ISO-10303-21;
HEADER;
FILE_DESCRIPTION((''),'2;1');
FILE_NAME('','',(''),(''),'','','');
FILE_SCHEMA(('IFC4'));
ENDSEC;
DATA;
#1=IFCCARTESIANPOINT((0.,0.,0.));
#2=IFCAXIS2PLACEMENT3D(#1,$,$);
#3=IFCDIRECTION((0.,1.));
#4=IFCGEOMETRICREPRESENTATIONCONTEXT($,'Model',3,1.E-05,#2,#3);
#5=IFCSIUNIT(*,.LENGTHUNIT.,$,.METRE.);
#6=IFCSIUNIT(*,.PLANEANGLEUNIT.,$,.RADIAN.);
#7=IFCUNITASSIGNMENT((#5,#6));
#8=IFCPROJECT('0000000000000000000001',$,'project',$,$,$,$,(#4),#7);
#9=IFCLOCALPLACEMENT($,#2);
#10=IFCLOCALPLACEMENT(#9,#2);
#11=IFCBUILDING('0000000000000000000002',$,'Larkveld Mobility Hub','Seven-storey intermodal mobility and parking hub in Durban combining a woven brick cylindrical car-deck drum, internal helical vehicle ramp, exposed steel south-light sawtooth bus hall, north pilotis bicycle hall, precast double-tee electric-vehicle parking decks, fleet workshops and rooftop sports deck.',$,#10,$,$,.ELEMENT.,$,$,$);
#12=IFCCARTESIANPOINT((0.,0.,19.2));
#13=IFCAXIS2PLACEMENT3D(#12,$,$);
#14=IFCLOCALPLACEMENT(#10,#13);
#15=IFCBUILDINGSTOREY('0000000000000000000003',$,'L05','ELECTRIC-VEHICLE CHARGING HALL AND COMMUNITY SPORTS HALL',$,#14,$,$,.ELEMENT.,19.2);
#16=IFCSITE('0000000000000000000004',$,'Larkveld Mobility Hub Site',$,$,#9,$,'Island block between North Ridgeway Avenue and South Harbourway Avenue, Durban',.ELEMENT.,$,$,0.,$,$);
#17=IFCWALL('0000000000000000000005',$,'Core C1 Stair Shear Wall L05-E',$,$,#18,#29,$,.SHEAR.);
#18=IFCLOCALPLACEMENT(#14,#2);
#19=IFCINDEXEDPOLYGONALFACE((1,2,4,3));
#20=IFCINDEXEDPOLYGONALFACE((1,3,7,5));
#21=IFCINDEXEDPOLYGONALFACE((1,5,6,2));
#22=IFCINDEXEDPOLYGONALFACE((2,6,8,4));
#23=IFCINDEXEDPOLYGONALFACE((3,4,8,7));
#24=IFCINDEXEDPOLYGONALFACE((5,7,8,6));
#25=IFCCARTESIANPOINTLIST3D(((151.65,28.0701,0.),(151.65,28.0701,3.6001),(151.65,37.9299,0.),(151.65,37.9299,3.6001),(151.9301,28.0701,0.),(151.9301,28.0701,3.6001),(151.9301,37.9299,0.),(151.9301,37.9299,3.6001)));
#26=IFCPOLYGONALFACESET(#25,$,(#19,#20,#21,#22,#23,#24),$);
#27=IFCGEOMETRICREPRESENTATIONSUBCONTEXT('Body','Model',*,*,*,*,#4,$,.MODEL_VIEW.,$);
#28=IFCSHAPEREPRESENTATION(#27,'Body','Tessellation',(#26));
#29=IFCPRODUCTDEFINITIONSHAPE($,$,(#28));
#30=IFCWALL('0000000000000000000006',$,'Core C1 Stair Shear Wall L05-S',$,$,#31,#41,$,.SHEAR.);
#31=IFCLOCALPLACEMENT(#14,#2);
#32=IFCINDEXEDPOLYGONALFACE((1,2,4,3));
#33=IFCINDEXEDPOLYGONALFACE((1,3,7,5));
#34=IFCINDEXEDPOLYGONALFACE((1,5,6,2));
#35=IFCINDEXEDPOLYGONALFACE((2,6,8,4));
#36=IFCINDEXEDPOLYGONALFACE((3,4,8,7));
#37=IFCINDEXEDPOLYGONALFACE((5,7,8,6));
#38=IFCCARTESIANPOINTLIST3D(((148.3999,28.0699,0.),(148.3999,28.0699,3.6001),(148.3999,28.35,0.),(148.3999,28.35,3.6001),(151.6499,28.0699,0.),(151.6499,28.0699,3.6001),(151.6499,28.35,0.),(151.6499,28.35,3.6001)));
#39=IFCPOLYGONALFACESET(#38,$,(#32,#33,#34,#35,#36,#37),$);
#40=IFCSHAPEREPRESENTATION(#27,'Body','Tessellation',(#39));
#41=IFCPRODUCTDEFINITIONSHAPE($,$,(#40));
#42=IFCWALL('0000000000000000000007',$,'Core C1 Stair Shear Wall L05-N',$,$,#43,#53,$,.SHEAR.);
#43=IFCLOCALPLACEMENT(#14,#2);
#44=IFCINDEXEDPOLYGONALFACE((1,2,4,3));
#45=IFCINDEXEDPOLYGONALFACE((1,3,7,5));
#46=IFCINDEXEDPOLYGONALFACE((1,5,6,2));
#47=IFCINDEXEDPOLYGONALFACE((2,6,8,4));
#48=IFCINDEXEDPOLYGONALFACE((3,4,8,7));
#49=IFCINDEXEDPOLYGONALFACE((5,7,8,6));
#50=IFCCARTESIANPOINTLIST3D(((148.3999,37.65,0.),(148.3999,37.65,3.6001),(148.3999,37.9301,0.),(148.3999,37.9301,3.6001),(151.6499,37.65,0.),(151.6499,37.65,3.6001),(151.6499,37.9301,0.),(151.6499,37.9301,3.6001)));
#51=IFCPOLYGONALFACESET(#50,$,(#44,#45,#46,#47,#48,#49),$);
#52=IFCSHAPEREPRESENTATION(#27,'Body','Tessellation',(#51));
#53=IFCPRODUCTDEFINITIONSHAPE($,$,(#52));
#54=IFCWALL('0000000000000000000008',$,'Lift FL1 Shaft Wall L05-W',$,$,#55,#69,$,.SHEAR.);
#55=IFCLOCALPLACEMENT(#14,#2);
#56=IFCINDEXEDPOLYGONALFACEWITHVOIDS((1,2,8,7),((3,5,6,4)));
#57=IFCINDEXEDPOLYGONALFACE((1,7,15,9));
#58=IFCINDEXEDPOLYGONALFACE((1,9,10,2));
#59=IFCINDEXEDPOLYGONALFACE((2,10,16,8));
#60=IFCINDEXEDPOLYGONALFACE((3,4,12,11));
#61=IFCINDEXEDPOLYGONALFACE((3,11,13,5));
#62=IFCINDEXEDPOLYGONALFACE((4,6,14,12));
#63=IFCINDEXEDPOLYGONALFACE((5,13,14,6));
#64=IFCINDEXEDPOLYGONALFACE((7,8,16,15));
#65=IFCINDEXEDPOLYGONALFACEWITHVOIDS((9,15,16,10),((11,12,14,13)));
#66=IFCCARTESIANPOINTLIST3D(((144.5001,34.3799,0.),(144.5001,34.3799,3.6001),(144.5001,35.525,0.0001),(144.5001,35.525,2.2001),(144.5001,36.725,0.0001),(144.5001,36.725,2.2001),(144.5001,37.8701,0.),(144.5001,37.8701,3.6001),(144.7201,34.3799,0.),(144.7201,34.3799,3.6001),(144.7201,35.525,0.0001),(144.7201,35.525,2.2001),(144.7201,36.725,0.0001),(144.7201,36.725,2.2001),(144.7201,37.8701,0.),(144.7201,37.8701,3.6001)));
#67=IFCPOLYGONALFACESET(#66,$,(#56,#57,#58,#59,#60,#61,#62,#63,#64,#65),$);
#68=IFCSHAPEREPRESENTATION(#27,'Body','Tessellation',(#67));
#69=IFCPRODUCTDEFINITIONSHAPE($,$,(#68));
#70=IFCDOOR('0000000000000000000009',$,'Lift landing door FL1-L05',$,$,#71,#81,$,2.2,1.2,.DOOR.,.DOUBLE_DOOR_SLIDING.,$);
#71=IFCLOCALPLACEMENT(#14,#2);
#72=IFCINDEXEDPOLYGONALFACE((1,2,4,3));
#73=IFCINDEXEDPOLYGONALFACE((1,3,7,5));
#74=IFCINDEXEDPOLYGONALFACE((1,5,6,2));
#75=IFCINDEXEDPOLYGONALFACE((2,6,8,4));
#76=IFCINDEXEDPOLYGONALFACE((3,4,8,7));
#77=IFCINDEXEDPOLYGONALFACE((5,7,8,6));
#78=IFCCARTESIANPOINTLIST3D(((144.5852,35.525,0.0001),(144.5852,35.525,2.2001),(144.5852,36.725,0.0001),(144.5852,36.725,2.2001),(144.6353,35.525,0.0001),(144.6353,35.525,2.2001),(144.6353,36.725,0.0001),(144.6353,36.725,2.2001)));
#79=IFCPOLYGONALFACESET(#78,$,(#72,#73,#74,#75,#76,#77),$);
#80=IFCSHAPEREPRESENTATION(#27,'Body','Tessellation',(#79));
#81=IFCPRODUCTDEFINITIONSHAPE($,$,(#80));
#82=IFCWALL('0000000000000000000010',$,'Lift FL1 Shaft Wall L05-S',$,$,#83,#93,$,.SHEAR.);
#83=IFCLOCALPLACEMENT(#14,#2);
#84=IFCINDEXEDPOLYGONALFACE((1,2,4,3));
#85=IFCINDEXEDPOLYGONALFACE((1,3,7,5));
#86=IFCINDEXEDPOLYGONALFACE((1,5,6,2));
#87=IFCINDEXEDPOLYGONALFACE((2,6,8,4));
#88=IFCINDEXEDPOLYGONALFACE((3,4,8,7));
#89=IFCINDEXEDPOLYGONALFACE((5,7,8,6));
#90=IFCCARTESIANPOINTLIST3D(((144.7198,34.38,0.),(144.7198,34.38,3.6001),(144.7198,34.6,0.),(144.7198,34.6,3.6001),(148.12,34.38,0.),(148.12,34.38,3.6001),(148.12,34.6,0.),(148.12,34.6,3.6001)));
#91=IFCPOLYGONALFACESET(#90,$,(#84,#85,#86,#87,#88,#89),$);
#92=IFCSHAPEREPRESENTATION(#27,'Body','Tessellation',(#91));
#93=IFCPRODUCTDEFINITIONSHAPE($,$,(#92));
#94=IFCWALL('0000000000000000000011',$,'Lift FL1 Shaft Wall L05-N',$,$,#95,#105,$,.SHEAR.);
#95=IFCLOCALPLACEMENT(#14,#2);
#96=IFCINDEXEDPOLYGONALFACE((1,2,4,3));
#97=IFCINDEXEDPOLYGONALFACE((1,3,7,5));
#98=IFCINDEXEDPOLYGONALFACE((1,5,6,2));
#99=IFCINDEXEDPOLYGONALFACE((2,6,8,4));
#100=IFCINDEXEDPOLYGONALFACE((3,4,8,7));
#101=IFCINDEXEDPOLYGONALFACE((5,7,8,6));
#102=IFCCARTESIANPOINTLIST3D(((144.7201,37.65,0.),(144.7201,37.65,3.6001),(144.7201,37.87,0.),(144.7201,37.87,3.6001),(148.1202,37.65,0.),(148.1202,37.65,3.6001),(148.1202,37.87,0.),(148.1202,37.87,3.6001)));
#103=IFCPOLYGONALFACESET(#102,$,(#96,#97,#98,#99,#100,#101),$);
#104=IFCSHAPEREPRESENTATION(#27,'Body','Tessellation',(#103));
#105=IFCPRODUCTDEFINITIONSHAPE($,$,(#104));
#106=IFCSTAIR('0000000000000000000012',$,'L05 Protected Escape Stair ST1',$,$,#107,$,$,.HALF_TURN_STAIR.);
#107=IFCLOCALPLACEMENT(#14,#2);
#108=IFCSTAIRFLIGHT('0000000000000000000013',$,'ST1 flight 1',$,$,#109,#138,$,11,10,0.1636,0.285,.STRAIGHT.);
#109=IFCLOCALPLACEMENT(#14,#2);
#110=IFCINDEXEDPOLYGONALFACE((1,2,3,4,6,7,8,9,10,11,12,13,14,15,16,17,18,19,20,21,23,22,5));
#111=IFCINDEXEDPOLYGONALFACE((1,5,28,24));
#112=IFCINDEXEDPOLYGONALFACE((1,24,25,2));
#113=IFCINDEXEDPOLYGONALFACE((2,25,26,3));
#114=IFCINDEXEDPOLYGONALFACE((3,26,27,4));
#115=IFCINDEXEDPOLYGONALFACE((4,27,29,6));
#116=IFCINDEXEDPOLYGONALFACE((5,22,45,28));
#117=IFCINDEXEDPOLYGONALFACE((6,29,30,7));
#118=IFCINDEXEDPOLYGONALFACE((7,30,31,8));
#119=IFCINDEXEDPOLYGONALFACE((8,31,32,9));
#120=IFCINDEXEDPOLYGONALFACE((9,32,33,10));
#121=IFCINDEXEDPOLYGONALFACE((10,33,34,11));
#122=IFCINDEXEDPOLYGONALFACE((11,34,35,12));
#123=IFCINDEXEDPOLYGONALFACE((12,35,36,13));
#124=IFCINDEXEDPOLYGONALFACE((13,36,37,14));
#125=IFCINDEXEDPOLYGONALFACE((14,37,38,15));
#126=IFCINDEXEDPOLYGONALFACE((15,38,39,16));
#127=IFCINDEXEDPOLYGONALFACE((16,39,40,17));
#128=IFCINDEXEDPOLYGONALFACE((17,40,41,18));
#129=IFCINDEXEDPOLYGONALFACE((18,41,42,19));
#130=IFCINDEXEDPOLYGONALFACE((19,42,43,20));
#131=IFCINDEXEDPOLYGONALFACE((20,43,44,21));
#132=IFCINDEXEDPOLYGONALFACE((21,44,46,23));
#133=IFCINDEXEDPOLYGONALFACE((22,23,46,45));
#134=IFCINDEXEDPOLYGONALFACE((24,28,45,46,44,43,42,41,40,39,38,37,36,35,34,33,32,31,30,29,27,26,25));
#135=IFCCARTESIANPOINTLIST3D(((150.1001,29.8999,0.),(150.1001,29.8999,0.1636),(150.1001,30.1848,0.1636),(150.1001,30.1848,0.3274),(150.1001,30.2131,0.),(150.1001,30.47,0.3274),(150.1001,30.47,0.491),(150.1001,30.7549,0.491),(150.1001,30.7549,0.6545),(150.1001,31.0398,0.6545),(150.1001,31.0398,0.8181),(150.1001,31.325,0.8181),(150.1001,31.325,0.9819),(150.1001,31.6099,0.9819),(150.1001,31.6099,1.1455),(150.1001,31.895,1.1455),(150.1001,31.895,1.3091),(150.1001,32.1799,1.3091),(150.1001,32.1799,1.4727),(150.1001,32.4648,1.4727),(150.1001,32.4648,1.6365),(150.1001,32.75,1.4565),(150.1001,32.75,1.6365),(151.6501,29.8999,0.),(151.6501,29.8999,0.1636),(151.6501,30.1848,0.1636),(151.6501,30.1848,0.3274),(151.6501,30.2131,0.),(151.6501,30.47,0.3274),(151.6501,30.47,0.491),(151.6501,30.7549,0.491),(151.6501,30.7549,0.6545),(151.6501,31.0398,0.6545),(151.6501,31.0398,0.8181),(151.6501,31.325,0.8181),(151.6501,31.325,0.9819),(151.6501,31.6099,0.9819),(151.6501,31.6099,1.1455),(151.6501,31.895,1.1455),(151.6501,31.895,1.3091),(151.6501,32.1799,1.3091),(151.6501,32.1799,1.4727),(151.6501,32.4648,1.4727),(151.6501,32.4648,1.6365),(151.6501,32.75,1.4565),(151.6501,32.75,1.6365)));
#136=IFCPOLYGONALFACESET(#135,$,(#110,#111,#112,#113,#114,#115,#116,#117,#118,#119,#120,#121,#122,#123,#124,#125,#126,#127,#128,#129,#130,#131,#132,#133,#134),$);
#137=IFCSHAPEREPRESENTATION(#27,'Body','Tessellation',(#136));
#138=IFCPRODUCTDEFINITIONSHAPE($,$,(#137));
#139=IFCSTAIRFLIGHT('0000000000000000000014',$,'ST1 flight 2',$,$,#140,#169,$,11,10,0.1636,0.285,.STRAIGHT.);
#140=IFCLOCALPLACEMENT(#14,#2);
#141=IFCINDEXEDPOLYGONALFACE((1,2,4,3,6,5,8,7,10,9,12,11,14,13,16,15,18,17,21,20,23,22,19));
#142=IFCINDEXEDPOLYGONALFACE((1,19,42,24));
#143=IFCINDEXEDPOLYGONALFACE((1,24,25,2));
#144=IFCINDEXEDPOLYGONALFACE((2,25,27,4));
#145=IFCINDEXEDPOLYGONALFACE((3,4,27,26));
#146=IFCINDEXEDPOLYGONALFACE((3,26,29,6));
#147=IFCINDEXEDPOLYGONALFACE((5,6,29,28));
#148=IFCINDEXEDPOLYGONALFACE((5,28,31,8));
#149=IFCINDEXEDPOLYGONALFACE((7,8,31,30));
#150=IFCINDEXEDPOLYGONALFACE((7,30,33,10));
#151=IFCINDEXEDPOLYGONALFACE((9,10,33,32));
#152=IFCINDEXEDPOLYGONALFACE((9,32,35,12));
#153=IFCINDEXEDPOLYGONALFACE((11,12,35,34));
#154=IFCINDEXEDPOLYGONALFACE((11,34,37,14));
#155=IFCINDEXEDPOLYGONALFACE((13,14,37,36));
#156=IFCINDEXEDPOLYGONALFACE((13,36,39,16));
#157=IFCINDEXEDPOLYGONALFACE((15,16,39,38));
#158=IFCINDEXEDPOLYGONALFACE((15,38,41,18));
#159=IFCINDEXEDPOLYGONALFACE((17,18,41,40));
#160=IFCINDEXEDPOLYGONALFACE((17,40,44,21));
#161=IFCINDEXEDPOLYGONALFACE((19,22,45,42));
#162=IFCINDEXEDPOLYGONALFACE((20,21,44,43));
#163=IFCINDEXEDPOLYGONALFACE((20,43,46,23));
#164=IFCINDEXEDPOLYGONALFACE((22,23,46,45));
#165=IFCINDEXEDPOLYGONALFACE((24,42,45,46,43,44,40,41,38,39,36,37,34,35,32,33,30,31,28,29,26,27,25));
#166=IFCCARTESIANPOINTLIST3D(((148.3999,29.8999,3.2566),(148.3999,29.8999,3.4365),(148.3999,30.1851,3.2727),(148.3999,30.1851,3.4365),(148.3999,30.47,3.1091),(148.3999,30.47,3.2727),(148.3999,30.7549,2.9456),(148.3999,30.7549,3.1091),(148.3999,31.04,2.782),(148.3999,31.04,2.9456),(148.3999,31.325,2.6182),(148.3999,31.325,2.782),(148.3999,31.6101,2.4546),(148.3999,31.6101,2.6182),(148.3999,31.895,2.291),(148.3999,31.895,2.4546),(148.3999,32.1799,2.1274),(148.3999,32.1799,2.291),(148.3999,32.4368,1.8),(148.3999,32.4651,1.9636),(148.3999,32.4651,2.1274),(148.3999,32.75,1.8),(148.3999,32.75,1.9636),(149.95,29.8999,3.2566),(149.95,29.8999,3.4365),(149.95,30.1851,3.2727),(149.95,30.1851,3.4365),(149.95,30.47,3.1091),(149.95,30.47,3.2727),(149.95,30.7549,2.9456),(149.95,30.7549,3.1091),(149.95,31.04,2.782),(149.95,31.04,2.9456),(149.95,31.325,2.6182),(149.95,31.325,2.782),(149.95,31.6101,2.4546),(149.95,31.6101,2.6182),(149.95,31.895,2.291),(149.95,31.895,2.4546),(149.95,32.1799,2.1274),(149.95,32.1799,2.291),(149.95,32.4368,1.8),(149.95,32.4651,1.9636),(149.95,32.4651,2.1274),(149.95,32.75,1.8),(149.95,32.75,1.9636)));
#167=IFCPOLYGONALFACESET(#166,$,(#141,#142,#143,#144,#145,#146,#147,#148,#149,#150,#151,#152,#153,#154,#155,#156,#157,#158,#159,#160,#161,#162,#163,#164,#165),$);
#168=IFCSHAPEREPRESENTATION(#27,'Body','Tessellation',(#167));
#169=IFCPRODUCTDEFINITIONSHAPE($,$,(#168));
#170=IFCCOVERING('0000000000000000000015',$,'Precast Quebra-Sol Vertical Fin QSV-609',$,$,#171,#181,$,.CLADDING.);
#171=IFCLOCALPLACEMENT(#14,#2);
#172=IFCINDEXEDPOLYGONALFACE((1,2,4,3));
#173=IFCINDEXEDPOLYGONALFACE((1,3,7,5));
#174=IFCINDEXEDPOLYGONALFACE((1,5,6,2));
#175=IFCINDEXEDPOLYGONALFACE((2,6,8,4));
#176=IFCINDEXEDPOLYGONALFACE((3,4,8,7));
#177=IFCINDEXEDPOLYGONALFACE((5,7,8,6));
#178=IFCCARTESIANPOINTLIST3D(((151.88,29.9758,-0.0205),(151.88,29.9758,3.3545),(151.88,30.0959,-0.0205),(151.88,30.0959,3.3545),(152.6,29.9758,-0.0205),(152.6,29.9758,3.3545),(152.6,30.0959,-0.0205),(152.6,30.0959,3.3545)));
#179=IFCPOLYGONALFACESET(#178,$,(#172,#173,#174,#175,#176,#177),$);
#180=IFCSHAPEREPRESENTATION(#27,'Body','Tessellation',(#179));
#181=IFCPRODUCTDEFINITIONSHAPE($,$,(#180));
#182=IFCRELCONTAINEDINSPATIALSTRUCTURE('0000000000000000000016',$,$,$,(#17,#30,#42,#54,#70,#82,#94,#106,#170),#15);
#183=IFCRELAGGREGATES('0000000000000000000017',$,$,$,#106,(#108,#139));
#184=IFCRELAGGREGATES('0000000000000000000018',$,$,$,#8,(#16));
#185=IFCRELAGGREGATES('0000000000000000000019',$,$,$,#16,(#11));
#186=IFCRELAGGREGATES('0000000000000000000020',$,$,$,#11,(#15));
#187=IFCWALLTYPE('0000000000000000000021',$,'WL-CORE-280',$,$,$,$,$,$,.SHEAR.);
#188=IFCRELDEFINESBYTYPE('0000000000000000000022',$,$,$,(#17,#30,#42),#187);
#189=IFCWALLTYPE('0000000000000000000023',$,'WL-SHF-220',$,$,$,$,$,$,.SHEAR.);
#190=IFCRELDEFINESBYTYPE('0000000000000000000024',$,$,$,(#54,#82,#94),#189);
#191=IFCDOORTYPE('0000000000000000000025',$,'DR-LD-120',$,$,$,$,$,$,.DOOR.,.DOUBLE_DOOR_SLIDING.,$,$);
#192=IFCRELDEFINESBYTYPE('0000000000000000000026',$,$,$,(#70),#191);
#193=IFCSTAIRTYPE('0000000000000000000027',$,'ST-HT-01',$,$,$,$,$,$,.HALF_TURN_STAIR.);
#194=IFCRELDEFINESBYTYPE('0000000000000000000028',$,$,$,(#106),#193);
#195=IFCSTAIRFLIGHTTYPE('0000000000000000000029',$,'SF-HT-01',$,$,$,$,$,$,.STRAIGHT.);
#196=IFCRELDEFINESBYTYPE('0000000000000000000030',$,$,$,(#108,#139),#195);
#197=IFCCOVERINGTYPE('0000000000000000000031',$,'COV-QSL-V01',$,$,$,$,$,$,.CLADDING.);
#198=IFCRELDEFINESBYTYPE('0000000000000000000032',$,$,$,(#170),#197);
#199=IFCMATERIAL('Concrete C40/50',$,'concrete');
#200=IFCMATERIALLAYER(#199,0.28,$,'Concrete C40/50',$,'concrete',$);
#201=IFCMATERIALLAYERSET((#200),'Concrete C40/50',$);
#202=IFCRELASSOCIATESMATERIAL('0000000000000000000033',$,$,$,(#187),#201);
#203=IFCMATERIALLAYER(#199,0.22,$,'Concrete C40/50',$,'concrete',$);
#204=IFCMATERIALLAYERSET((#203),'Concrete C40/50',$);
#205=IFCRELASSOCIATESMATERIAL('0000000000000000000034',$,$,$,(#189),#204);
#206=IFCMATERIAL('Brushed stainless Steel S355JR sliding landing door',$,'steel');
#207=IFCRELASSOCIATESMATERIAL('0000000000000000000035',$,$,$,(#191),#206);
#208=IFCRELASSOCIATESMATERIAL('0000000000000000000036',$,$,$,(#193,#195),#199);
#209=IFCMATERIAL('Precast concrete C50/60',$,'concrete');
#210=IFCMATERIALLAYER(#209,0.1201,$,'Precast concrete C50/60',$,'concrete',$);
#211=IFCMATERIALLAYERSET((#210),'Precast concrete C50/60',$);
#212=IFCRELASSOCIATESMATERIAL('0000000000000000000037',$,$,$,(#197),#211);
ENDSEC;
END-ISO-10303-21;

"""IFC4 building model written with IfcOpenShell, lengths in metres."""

from ifc_helpers import new_model, si_unit, direction, frame, frame_2d, origin, origin_2d, place, context, subcontext, project, spatial, polyline, rectangle, outline, extrude, material, layer, layer_set, type_object, element, fill, aggregate, save


model = new_model("IFC4")

# Units and contexts
model_context = context("Model", 3, precision=1e-05, world=origin(), true_north=direction((0.0, 1.0)))
body_context = subcontext(model_context, "Body", "Model", "MODEL_VIEW")
ifc_project = project(units=[si_unit("LENGTHUNIT", "METRE"), si_unit("PLANEANGLEUNIT", "RADIAN")], contexts=[model_context])

# Site, building, storey
site_placement = place(None, origin())
site = spatial("IfcSite", under=ifc_project, at=site_placement, Name="Larkveld Mobility Hub Site", LongName="Island block between North Ridgeway Avenue and South Harbourway Avenue, Durban", CompositionType="ELEMENT", RefElevation=0.0)
building_placement = place(site_placement, origin())
building = spatial("IfcBuilding", under=site, at=building_placement, Name="Larkveld Mobility Hub", Description="Seven-storey intermodal mobility and parking hub in Durban combining a woven brick cylindrical car-deck drum, internal helical vehicle ramp, exposed steel south-light sawtooth bus hall, north pilotis bicycle hall, precast double-tee electric-vehicle parking decks, fleet workshops and rooftop sports deck.", CompositionType="ELEMENT")
storey_placement = place(building_placement, frame((0.0, 0.0, 19.2)))
storey = spatial("IfcBuildingStorey", under=building, at=storey_placement, Name="L05", Description="ELECTRIC-VEHICLE CHARGING HALL AND COMMUNITY SPORTS HALL", CompositionType="ELEMENT", Elevation=19.2)

# Shared definitions
ifc_material_1 = material(Name="Concrete C40/50", Category="concrete")

# Shared definitions
ifc_layer_1 = layer(ifc_material_1, 0.28, Name="Concrete C40/50", Category="concrete")
ifc_layer_set_1 = layer_set([ifc_layer_1], Name="Concrete C40/50")
wall_type_1 = type_object("IfcWallType", Name="WL-CORE-280", PredefinedType="SHEAR", material=ifc_layer_set_1)

# Walls
wall_1_placement = place(storey_placement, frame((151.79, 37.9299, 0.0), z_axis=(0.0, 0.0, 1.0), x_axis=(0.0, -1.0, 0.0)))
element("IfcWall", 1, at=wall_1_placement, inside=storey, type_object=wall_type_1, Name="Core C1 Stair Shear Wall L05-E", PredefinedType="SHEAR", context=body_context, shape_type="SweptSolid", body=[
    extrude(rectangle(XDim=9.8599, YDim=0.28, at=frame_2d((4.9299, 0.0))), origin(), (0.0, 0.0, 1.0), 3.6001),
])
for number, where, z_axis, x_axis, name in (
    (2, (151.6499, 28.21, 0.0), (0.0, 0.0, 1.0), (-1.0, 0.0, 0.0), "Core C1 Stair Shear Wall L05-S"),
    (3, (148.3999, 37.79, 0.0), (0.0, 0.0, 1.0), (1.0, 0.0, 0.0), "Core C1 Stair Shear Wall L05-N"),
):
    element("IfcWall", number, at=place(storey_placement, frame(where, z_axis=z_axis, x_axis=x_axis)), inside=storey, type_object=wall_type_1, Name=name, PredefinedType="SHEAR", context=body_context, shape_type="SweptSolid", body=[
        extrude(rectangle(XDim=3.25, YDim=0.28, at=frame_2d((1.625, 0.0))), origin(), (0.0, 0.0, 1.0), 3.6001),
    ])

# Wall, opening, door
ifc_layer_2 = layer(ifc_material_1, 0.22, Name="Concrete C40/50", Category="concrete")
ifc_layer_set_2 = layer_set([ifc_layer_2], Name="Concrete C40/50")
wall_type_2 = type_object("IfcWallType", Name="WL-SHF-220", PredefinedType="SHEAR", material=ifc_layer_set_2)
wall_2_placement = place(storey_placement, frame((144.6101, 34.3799, 0.0), z_axis=(0.0, 0.0, 1.0), x_axis=(0.0, 1.0, 0.0)))
wall_2 = element("IfcWall", 4, at=wall_2_placement, inside=storey, type_object=wall_type_2, Name="Lift FL1 Shaft Wall L05-W", PredefinedType="SHEAR", context=body_context, shape_type="SweptSolid", body=[
    extrude(rectangle(XDim=3.4902, YDim=0.22, at=frame_2d((1.7451, 0.0))), origin(), (0.0, 0.0, 1.0), 3.6001),
])
opening_1_placement = place(wall_2_placement, frame((1.145, 0.0, 0.0)))
opening_1 = element("IfcOpeningElement", 5, at=opening_1_placement, cuts=wall_2, PredefinedType="OPENING", context=body_context, shape_type="SweptSolid", body=[
    extrude(rectangle(XDim=1.2, YDim=2.2, at=frame_2d((0.6001, 1.1001))), frame((0.0, 0.1201, 0.0), z_axis=(0.0, -1.0, 0.0), x_axis=(1.0, 0.0, 0.0)), (0.0, 0.0, 1.0), 0.24),
])
ifc_material_2 = material(Name="Brushed stainless Steel S355JR sliding landing door", Category="steel")
door_type_1 = type_object("IfcDoorType", Name="DR-LD-120", OperationType="DOUBLE_DOOR_SLIDING", PredefinedType="DOOR", material=ifc_material_2)
door_1_placement = place(opening_1_placement, origin())
door_1 = element("IfcDoor", 6, at=door_1_placement, inside=storey, type_object=door_type_1, Name="Lift landing door FL1-L05", OperationType="DOUBLE_DOOR_SLIDING", OverallHeight=2.2, OverallWidth=1.2, PredefinedType="DOOR", context=body_context, shape_type="SweptSolid", body=[
    extrude(rectangle(XDim=1.2, YDim=2.2, at=frame_2d((0.6001, 1.1001))), frame((0.0, 0.0249, 0.0), z_axis=(0.0, -1.0, 0.0), x_axis=(1.0, 0.0, 0.0)), (0.0, 0.0, 1.0), 0.05),
])
fill(opening_1, door_1)

# Walls
for number, where, z_axis, x_axis, name in (
    (7, (148.1201, 34.49, 0.0), (0.0, 0.0, 1.0), (-1.0, 0.0, 0.0), "Lift FL1 Shaft Wall L05-S"),
    (8, (144.72, 37.76, 0.0), (0.0, 0.0, 1.0), (1.0, 0.0, 0.0), "Lift FL1 Shaft Wall L05-N"),
):
    element("IfcWall", number, at=place(storey_placement, frame(where, z_axis=z_axis, x_axis=x_axis)), inside=storey, type_object=wall_type_2, Name=name, PredefinedType="SHEAR", context=body_context, shape_type="SweptSolid", body=[
        extrude(rectangle(XDim=3.4001, YDim=0.22, at=frame_2d((1.7002, 0.0))), origin(), (0.0, 0.0, 1.0), 3.6001),
    ])

# Stair, stair flights
stair_type = type_object("IfcStairType", Name="ST-HT-01", PredefinedType="HALF_TURN_STAIR", material=ifc_material_1)
stair_placement = place(storey_placement, origin())
stair = element("IfcStair", 9, at=stair_placement, inside=storey, type_object=stair_type, Name="L05 Protected Escape Stair ST1", PredefinedType="HALF_TURN_STAIR")
stair_flight_type = type_object("IfcStairFlightType", Name="SF-HT-01", PredefinedType="STRAIGHT", material=ifc_material_1)
stair_flight_1_placement = place(storey_placement, frame((150.875, 29.8999, 0.0), z_axis=(0.0, 0.0, 1.0), x_axis=(0.0, 1.0, 0.0)))
stair_flight_1 = element("IfcStairFlight", 10, at=stair_flight_1_placement, type_object=stair_flight_type, Name="ST1 flight 1", NumberOfRisers=11, NumberOfTreads=10, PredefinedType="STRAIGHT", RiserHeight=0.1636, TreadLength=0.285, context=body_context, shape_type="SweptSolid", body=[
    extrude(outline(polyline([(0.0, 0.0), (0.0, 0.1636), (0.2849, 0.1636), (0.2849, 0.3274), (0.5701, 0.3274), (0.5701, 0.491), (0.855, 0.491), (0.855, 0.6545), (1.1399, 0.6545), (1.1399, 0.8181), (1.425, 0.8181), (1.425, 0.9819), (1.71, 0.9819), (1.71, 1.1455), (1.9951, 1.1455), (1.9951, 1.3091), (2.28, 1.3091), (2.28, 1.4727), (2.5649, 1.4727), (2.5649, 1.6365), (2.8501, 1.6365), (2.8501, 1.8), (2.8501, 1.4565), (0.3132, 0.0), (0.0, 0.0)])), frame((0.0, 0.7749, 0.0), z_axis=(0.0, -1.0, 0.0), x_axis=(1.0, 0.0, 0.0)), (0.0, 0.0, 1.0), 1.55),
])
stair_flight_2_placement = place(storey_placement, frame((149.175, 32.75, 1.8), z_axis=(0.0, 0.0, 1.0), x_axis=(0.0, -1.0, 0.0)))
stair_flight_2 = element("IfcStairFlight", 11, at=stair_flight_2_placement, type_object=stair_flight_type, Name="ST1 flight 2", NumberOfRisers=11, NumberOfTreads=10, PredefinedType="STRAIGHT", RiserHeight=0.1636, TreadLength=0.285, context=body_context, shape_type="SweptSolid", body=[
    extrude(outline(polyline([(0.0, 0.0), (0.0, 0.1636), (0.2849, 0.1636), (0.2849, 0.3274), (0.5701, 0.3274), (0.5701, 0.491), (0.855, 0.491), (0.855, 0.6545), (1.1399, 0.6545), (1.1399, 0.8181), (1.425, 0.8181), (1.425, 0.9819), (1.71, 0.9819), (1.71, 1.1455), (1.9951, 1.1455), (1.9951, 1.3091), (2.28, 1.3091), (2.28, 1.4727), (2.5649, 1.4727), (2.5649, 1.6365), (2.8501, 1.6365), (2.8501, 1.8), (2.8501, 1.4565), (0.3132, 0.0), (0.0, 0.0)])), frame((0.0, 0.7749, 0.0), z_axis=(0.0, -1.0, 0.0), x_axis=(1.0, 0.0, 0.0)), (0.0, 0.0, 1.0), 1.55),
])
aggregate(stair, [stair_flight_1, stair_flight_2])

# Covering
ifc_material_3 = material(Name="Precast concrete C50/60", Category="concrete")
ifc_layer_3 = layer(ifc_material_3, 0.1201, Name="Precast concrete C50/60", Category="concrete")
ifc_layer_set_3 = layer_set([ifc_layer_3], Name="Precast concrete C50/60")
covering_type = type_object("IfcCoveringType", Name="COV-QSL-V01", PredefinedType="CLADDING", material=ifc_layer_set_3)
for number, where, z_axis, x_axis, name in (
    (12, (152.24, 30.0359, -0.0205), (0.0, 0.0, 1.0), (0.0, 1.0, 0.0), "Precast Quebra-Sol Vertical Fin QSV-609"),
):
    element("IfcCovering", number, at=place(storey_placement, frame(where, z_axis=z_axis, x_axis=x_axis)), inside=storey, type_object=covering_type, Name=name, PredefinedType="CLADDING", context=body_context, shape_type="SweptSolid", body=[
        extrude(rectangle(XDim=0.1201, YDim=0.72, at=origin_2d()), origin(), (0.0, 0.0, 1.0), 3.375),
    ])

save(model, "model.ifc")
